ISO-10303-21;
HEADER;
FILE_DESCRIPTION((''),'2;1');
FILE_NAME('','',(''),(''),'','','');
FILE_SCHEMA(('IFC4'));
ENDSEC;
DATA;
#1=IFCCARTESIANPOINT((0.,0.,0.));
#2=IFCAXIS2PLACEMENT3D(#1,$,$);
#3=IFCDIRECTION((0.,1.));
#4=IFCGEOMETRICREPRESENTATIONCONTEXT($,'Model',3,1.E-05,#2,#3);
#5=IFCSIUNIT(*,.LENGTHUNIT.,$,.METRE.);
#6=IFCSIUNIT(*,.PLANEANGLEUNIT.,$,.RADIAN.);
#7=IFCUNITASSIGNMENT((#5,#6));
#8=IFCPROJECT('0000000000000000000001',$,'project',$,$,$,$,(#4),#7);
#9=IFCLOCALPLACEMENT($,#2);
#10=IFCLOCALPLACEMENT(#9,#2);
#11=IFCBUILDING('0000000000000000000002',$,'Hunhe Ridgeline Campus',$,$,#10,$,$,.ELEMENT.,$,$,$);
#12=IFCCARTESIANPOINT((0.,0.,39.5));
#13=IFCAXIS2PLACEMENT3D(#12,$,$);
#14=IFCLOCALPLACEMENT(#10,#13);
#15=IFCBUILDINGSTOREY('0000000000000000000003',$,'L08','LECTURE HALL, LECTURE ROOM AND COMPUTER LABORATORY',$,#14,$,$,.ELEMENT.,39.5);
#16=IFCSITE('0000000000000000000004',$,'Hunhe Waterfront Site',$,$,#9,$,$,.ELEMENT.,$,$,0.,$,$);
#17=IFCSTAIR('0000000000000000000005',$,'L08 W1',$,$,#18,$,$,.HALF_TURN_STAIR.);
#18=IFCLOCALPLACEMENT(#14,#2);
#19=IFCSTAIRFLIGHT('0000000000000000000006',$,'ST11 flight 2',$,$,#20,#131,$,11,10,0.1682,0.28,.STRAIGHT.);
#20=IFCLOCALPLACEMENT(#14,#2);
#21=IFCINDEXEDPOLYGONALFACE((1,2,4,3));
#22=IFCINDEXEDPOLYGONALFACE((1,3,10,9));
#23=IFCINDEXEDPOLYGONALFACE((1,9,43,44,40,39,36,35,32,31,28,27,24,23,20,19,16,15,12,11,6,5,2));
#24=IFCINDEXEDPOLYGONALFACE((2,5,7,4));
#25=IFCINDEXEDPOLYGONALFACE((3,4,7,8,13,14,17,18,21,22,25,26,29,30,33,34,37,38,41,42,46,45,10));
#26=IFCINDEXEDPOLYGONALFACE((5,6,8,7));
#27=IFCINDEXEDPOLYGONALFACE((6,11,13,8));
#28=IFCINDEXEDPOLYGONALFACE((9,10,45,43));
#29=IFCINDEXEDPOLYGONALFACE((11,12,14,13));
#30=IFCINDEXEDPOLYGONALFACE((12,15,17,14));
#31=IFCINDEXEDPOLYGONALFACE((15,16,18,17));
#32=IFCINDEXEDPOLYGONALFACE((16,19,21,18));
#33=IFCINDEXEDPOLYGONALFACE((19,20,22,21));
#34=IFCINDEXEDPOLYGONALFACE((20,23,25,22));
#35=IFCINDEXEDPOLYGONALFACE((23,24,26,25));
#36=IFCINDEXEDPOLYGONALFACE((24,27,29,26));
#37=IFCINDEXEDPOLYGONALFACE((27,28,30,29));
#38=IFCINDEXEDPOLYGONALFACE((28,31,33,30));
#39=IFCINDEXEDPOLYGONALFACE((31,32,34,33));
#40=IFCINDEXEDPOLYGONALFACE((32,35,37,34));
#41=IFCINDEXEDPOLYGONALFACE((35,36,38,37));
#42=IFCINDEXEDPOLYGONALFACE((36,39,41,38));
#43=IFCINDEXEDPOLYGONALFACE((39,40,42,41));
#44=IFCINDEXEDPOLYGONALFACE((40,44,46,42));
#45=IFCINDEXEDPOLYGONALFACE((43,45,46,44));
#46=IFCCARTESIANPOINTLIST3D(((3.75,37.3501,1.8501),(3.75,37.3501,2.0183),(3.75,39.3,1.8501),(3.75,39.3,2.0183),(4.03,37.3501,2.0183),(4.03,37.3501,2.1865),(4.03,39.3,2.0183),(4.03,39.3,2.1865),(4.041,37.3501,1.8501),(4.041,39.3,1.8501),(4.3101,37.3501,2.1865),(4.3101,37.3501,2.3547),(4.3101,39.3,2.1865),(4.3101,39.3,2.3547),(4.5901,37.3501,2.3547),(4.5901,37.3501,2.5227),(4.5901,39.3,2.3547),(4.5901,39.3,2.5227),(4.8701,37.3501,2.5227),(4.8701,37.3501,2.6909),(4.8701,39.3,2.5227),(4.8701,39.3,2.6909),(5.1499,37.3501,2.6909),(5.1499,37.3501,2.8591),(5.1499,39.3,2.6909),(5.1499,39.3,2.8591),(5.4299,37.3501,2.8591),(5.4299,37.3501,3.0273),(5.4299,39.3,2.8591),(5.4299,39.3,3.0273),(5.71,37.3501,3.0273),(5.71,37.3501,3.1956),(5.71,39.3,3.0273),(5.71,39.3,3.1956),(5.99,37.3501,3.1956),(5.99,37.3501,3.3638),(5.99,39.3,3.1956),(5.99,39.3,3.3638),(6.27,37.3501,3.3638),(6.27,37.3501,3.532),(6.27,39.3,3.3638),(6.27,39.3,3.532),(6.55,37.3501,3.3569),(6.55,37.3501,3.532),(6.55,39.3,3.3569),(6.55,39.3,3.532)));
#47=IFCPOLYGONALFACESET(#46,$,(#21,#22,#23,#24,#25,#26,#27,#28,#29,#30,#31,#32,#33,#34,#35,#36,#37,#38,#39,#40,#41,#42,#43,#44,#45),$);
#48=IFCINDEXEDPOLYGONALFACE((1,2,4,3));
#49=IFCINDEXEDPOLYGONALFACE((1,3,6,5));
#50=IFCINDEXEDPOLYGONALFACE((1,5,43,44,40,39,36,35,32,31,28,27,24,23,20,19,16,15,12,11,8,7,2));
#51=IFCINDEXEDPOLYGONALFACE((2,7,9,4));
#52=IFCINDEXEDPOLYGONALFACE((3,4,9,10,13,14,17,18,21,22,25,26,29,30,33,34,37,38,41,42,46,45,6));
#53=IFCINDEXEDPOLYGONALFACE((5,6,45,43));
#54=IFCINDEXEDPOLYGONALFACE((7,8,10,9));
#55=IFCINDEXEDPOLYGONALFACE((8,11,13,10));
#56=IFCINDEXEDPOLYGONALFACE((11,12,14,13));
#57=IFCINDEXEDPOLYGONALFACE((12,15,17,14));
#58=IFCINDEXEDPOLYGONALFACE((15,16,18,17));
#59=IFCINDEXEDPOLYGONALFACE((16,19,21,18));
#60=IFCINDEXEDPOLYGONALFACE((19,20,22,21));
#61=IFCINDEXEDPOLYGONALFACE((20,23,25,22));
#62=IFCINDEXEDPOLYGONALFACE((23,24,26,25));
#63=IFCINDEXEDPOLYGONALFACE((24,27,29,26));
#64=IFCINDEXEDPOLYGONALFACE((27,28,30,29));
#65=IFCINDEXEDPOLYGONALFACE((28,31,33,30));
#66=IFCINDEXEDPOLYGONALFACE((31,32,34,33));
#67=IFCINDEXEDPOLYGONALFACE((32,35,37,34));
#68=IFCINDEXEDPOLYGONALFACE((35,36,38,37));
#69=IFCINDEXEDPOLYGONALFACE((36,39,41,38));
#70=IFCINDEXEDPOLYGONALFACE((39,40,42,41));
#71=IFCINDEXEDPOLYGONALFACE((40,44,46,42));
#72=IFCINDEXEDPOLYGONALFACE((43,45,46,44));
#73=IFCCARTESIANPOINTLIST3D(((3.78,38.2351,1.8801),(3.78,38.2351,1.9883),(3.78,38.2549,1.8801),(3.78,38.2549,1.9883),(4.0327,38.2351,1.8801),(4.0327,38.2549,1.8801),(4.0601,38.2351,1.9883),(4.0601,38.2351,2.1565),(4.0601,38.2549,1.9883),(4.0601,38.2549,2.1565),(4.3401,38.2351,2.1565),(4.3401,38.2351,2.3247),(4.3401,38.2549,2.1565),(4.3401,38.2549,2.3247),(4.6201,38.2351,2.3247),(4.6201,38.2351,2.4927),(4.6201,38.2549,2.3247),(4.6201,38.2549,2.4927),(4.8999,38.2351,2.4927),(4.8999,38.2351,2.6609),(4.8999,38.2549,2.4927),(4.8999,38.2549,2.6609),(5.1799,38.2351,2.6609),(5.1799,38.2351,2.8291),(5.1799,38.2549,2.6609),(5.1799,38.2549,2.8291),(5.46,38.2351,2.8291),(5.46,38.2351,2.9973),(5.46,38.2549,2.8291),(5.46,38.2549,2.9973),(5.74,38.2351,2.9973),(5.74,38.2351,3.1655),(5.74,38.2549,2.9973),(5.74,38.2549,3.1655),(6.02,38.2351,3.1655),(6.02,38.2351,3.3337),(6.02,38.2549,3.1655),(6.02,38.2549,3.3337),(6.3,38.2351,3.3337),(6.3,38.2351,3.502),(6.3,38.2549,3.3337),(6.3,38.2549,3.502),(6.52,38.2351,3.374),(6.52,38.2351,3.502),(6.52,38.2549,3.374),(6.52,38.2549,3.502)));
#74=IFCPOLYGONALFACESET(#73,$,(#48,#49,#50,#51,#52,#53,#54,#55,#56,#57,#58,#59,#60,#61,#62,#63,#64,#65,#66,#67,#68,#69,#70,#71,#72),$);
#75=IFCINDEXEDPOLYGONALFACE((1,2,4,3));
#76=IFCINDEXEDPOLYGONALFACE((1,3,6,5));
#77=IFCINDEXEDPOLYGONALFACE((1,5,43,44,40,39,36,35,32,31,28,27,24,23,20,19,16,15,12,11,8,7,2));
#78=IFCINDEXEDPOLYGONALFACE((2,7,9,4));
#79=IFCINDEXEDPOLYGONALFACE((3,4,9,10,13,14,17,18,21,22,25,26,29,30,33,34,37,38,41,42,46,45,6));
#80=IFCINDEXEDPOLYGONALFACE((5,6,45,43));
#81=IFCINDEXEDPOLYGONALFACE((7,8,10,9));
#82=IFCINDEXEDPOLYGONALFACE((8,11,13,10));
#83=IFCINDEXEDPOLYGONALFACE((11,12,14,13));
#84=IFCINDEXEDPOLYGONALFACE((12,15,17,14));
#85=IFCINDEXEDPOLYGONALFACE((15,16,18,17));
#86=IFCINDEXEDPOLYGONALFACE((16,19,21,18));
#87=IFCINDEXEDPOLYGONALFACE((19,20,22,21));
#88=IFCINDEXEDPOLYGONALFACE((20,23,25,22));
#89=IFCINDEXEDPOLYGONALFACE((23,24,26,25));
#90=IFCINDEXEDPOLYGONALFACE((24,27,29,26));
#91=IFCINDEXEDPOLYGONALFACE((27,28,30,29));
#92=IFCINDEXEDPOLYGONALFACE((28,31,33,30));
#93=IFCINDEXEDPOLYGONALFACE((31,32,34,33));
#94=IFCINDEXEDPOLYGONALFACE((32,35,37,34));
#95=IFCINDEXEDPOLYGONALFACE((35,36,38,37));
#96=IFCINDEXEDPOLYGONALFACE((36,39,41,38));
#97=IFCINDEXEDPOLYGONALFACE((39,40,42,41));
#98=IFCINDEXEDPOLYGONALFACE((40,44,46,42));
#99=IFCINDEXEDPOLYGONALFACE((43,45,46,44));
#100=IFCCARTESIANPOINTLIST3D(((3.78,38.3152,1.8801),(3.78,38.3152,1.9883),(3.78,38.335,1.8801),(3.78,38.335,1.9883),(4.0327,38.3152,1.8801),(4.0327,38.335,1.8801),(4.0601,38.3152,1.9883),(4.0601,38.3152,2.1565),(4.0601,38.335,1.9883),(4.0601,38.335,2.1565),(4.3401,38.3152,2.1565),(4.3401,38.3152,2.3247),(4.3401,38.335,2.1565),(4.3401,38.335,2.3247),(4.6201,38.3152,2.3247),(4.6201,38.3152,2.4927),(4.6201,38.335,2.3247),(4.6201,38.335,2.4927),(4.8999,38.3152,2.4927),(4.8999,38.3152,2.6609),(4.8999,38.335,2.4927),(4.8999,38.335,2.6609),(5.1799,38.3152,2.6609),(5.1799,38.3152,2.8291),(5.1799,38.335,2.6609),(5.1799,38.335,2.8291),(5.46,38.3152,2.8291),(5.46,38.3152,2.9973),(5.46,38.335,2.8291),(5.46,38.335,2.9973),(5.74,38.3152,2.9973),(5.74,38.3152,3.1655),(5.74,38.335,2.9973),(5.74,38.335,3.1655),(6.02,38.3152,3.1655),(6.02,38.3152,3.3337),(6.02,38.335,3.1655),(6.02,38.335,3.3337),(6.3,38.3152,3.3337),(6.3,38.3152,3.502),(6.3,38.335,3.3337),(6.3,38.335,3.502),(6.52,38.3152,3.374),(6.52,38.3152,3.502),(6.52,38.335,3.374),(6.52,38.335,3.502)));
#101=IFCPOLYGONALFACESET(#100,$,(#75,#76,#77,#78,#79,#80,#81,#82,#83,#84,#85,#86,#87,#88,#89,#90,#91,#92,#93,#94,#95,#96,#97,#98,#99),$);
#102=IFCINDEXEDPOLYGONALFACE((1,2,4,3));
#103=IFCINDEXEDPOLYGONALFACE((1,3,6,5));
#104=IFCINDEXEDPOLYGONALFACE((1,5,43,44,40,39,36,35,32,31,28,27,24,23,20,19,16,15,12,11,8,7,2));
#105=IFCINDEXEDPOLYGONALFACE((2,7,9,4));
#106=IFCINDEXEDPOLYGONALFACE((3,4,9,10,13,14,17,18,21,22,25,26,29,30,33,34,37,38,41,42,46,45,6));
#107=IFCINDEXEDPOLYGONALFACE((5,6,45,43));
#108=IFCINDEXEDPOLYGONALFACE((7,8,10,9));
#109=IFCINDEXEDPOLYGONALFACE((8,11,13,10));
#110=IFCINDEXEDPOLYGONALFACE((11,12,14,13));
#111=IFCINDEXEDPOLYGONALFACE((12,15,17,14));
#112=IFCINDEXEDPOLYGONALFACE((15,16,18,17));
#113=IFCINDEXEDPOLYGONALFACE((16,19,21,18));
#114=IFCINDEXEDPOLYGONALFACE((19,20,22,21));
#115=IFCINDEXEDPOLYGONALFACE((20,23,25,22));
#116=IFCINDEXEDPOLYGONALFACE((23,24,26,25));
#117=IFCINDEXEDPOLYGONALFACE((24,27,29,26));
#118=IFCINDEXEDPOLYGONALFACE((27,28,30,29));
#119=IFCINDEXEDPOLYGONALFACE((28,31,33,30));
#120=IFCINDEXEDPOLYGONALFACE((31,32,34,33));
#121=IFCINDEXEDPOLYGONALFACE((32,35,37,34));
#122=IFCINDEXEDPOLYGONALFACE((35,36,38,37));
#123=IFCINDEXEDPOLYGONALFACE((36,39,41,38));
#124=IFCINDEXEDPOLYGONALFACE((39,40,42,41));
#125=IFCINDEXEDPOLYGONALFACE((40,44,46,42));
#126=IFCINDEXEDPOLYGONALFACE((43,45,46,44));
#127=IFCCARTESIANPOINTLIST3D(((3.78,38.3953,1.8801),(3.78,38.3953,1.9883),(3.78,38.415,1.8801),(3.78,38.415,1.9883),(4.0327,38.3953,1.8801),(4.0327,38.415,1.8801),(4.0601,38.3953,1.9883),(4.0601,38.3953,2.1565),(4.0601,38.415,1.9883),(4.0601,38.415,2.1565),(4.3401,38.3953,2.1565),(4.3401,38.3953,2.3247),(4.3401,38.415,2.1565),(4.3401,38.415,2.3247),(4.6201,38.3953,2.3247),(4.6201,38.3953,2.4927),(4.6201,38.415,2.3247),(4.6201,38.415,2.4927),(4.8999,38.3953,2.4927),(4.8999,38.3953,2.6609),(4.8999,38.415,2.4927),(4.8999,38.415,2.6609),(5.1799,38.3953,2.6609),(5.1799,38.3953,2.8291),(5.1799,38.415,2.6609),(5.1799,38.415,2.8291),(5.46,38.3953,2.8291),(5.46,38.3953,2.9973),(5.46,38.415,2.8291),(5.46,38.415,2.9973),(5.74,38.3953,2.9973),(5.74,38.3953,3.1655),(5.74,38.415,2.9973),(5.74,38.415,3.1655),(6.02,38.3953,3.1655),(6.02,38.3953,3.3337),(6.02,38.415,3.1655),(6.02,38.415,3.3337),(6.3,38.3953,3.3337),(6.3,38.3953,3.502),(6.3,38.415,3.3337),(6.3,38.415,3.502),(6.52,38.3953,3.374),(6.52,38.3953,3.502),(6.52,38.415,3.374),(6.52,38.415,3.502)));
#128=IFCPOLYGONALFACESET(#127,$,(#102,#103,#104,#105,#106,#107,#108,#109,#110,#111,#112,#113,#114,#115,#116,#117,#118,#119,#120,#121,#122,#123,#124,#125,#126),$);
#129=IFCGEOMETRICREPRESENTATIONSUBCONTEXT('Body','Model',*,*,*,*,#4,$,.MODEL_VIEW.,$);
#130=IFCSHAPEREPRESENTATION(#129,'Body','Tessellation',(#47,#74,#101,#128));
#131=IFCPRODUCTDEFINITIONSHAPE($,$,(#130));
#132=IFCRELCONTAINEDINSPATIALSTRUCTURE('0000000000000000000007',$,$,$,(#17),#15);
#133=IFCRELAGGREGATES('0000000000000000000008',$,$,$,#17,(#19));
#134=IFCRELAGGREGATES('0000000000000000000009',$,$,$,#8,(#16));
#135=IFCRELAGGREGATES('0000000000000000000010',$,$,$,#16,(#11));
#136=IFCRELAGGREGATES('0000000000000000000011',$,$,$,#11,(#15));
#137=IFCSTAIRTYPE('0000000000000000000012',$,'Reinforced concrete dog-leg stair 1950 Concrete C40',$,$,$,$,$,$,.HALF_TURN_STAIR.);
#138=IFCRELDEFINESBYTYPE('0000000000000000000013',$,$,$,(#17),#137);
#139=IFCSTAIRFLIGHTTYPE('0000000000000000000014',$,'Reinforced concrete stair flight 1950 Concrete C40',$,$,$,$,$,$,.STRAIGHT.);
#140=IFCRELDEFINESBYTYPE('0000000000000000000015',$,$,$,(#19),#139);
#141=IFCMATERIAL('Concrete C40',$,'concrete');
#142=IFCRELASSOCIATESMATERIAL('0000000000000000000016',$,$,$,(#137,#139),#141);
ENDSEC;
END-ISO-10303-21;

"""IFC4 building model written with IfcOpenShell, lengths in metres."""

from ifc_helpers import new_model, si_unit, direction, frame, origin, place, context, subcontext, project, spatial, polyline, outline, extrude, material, type_object, element, aggregate, save


model = new_model("IFC4")

# Units and contexts
model_context = context("Model", 3, precision=1e-05, world=origin(), true_north=direction((0.0, 1.0)))
body_context = subcontext(model_context, "Body", "Model", "MODEL_VIEW")
ifc_project = project(units=[si_unit("LENGTHUNIT", "METRE"), si_unit("PLANEANGLEUNIT", "RADIAN")], contexts=[model_context])

# Site, building, storey
site_placement = place(None, origin())
site = spatial("IfcSite", under=ifc_project, at=site_placement, Name="Hunhe Waterfront Site", CompositionType="ELEMENT", RefElevation=0.0)
building_placement = place(site_placement, origin())
building = spatial("IfcBuilding", under=site, at=building_placement, Name="Hunhe Ridgeline Campus", CompositionType="ELEMENT")
storey_placement = place(building_placement, frame((0.0, 0.0, 39.5)))
storey = spatial("IfcBuildingStorey", under=building, at=storey_placement, Name="L08", Description="LECTURE HALL, LECTURE ROOM AND COMPUTER LABORATORY", CompositionType="ELEMENT", Elevation=39.5)

# Stair, stair flight
ifc_material_1 = material(Name="Concrete C40", Category="concrete")
stair_type = type_object("IfcStairType", Name="Reinforced concrete dog-leg stair 1950 Concrete C40", PredefinedType="HALF_TURN_STAIR", material=ifc_material_1)
stair_placement = place(storey_placement, origin())
stair = element("IfcStair", 1, at=stair_placement, inside=storey, type_object=stair_type, Name="L08 W1", PredefinedType="HALF_TURN_STAIR")
stair_flight_type = type_object("IfcStairFlightType", Name="Reinforced concrete stair flight 1950 Concrete C40", PredefinedType="STRAIGHT", material=ifc_material_1)
stair_flight_1_placement = place(storey_placement, frame((3.75, 38.325, 1.8501), z_axis=(0.0, 0.0, 1.0), x_axis=(1.0, 0.0, 0.0)))
stair_flight_1 = element("IfcStairFlight", 2, at=stair_flight_1_placement, type_object=stair_flight_type, Name="ST11 flight 2", NumberOfRisers=11, NumberOfTreads=10, PredefinedType="STRAIGHT", RiserHeight=0.1682, TreadLength=0.28, context=body_context, shape_type="SweptSolid", body=[
    extrude(outline(polyline([(0.0, 0.0), (0.0, 0.1682), (0.28, 0.1682), (0.28, 0.3364), (0.5601, 0.3364), (0.5601, 0.5046), (0.8401, 0.5046), (0.8401, 0.6726), (1.1201, 0.6726), (1.1201, 0.8408), (1.3999, 0.8408), (1.3999, 1.009), (1.6799, 1.009), (1.6799, 1.1772), (1.96, 1.1772), (1.96, 1.3455), (2.24, 1.3455), (2.24, 1.5137), (2.52, 1.5137), (2.52, 1.6819), (2.8, 1.6819), (2.8, 1.8501), (2.8, 1.5068), (0.291, 0.0), (0.0, 0.0)])), frame((0.0, 0.9751, 0.0), z_axis=(0.0, -1.0, 0.0), x_axis=(1.0, 0.0, 0.0)), (0.0, 0.0, 1.0), 1.95),
    extrude(outline(polyline([(0.03, 0.03), (0.03, 0.1382), (0.3101, 0.1382), (0.3101, 0.3064), (0.5901, 0.3064), (0.5901, 0.4746), (0.8701, 0.4746), (0.8701, 0.6426), (1.1499, 0.6426), (1.1499, 0.8108), (1.4299, 0.8108), (1.4299, 0.979), (1.71, 0.979), (1.71, 1.1472), (1.99, 1.1472), (1.99, 1.3154), (2.27, 1.3154), (2.27, 1.4836), (2.55, 1.4836), (2.55, 1.6519), (2.77, 1.6519), (2.77, 1.5239), (0.2827, 0.03), (0.03, 0.03)])), frame((0.0, -0.0701, 0.0), z_axis=(0.0, -1.0, 0.0), x_axis=(1.0, 0.0, 0.0)), (0.0, 0.0, 1.0), 0.0198),
    extrude(outline(polyline([(0.03, 0.03), (0.03, 0.1382), (0.3101, 0.1382), (0.3101, 0.3064), (0.5901, 0.3064), (0.5901, 0.4746), (0.8701, 0.4746), (0.8701, 0.6426), (1.1499, 0.6426), (1.1499, 0.8108), (1.4299, 0.8108), (1.4299, 0.979), (1.71, 0.979), (1.71, 1.1472), (1.99, 1.1472), (1.99, 1.3154), (2.27, 1.3154), (2.27, 1.4836), (2.55, 1.4836), (2.55, 1.6519), (2.77, 1.6519), (2.77, 1.5239), (0.2827, 0.03), (0.03, 0.03)])), frame((0.0, 0.01, 0.0), z_axis=(0.0, -1.0, 0.0), x_axis=(1.0, 0.0, 0.0)), (0.0, 0.0, 1.0), 0.0198),
    extrude(outline(polyline([(0.03, 0.03), (0.03, 0.1382), (0.3101, 0.1382), (0.3101, 0.3064), (0.5901, 0.3064), (0.5901, 0.4746), (0.8701, 0.4746), (0.8701, 0.6426), (1.1499, 0.6426), (1.1499, 0.8108), (1.4299, 0.8108), (1.4299, 0.979), (1.71, 0.979), (1.71, 1.1472), (1.99, 1.1472), (1.99, 1.3154), (2.27, 1.3154), (2.27, 1.4836), (2.55, 1.4836), (2.55, 1.6519), (2.77, 1.6519), (2.77, 1.5239), (0.2827, 0.03), (0.03, 0.03)])), frame((0.0, 0.0901, 0.0), z_axis=(0.0, -1.0, 0.0), x_axis=(1.0, 0.0, 0.0)), (0.0, 0.0, 1.0), 0.0198),
])
aggregate(stair, [stair_flight_1])

save(model, "model.ifc")
